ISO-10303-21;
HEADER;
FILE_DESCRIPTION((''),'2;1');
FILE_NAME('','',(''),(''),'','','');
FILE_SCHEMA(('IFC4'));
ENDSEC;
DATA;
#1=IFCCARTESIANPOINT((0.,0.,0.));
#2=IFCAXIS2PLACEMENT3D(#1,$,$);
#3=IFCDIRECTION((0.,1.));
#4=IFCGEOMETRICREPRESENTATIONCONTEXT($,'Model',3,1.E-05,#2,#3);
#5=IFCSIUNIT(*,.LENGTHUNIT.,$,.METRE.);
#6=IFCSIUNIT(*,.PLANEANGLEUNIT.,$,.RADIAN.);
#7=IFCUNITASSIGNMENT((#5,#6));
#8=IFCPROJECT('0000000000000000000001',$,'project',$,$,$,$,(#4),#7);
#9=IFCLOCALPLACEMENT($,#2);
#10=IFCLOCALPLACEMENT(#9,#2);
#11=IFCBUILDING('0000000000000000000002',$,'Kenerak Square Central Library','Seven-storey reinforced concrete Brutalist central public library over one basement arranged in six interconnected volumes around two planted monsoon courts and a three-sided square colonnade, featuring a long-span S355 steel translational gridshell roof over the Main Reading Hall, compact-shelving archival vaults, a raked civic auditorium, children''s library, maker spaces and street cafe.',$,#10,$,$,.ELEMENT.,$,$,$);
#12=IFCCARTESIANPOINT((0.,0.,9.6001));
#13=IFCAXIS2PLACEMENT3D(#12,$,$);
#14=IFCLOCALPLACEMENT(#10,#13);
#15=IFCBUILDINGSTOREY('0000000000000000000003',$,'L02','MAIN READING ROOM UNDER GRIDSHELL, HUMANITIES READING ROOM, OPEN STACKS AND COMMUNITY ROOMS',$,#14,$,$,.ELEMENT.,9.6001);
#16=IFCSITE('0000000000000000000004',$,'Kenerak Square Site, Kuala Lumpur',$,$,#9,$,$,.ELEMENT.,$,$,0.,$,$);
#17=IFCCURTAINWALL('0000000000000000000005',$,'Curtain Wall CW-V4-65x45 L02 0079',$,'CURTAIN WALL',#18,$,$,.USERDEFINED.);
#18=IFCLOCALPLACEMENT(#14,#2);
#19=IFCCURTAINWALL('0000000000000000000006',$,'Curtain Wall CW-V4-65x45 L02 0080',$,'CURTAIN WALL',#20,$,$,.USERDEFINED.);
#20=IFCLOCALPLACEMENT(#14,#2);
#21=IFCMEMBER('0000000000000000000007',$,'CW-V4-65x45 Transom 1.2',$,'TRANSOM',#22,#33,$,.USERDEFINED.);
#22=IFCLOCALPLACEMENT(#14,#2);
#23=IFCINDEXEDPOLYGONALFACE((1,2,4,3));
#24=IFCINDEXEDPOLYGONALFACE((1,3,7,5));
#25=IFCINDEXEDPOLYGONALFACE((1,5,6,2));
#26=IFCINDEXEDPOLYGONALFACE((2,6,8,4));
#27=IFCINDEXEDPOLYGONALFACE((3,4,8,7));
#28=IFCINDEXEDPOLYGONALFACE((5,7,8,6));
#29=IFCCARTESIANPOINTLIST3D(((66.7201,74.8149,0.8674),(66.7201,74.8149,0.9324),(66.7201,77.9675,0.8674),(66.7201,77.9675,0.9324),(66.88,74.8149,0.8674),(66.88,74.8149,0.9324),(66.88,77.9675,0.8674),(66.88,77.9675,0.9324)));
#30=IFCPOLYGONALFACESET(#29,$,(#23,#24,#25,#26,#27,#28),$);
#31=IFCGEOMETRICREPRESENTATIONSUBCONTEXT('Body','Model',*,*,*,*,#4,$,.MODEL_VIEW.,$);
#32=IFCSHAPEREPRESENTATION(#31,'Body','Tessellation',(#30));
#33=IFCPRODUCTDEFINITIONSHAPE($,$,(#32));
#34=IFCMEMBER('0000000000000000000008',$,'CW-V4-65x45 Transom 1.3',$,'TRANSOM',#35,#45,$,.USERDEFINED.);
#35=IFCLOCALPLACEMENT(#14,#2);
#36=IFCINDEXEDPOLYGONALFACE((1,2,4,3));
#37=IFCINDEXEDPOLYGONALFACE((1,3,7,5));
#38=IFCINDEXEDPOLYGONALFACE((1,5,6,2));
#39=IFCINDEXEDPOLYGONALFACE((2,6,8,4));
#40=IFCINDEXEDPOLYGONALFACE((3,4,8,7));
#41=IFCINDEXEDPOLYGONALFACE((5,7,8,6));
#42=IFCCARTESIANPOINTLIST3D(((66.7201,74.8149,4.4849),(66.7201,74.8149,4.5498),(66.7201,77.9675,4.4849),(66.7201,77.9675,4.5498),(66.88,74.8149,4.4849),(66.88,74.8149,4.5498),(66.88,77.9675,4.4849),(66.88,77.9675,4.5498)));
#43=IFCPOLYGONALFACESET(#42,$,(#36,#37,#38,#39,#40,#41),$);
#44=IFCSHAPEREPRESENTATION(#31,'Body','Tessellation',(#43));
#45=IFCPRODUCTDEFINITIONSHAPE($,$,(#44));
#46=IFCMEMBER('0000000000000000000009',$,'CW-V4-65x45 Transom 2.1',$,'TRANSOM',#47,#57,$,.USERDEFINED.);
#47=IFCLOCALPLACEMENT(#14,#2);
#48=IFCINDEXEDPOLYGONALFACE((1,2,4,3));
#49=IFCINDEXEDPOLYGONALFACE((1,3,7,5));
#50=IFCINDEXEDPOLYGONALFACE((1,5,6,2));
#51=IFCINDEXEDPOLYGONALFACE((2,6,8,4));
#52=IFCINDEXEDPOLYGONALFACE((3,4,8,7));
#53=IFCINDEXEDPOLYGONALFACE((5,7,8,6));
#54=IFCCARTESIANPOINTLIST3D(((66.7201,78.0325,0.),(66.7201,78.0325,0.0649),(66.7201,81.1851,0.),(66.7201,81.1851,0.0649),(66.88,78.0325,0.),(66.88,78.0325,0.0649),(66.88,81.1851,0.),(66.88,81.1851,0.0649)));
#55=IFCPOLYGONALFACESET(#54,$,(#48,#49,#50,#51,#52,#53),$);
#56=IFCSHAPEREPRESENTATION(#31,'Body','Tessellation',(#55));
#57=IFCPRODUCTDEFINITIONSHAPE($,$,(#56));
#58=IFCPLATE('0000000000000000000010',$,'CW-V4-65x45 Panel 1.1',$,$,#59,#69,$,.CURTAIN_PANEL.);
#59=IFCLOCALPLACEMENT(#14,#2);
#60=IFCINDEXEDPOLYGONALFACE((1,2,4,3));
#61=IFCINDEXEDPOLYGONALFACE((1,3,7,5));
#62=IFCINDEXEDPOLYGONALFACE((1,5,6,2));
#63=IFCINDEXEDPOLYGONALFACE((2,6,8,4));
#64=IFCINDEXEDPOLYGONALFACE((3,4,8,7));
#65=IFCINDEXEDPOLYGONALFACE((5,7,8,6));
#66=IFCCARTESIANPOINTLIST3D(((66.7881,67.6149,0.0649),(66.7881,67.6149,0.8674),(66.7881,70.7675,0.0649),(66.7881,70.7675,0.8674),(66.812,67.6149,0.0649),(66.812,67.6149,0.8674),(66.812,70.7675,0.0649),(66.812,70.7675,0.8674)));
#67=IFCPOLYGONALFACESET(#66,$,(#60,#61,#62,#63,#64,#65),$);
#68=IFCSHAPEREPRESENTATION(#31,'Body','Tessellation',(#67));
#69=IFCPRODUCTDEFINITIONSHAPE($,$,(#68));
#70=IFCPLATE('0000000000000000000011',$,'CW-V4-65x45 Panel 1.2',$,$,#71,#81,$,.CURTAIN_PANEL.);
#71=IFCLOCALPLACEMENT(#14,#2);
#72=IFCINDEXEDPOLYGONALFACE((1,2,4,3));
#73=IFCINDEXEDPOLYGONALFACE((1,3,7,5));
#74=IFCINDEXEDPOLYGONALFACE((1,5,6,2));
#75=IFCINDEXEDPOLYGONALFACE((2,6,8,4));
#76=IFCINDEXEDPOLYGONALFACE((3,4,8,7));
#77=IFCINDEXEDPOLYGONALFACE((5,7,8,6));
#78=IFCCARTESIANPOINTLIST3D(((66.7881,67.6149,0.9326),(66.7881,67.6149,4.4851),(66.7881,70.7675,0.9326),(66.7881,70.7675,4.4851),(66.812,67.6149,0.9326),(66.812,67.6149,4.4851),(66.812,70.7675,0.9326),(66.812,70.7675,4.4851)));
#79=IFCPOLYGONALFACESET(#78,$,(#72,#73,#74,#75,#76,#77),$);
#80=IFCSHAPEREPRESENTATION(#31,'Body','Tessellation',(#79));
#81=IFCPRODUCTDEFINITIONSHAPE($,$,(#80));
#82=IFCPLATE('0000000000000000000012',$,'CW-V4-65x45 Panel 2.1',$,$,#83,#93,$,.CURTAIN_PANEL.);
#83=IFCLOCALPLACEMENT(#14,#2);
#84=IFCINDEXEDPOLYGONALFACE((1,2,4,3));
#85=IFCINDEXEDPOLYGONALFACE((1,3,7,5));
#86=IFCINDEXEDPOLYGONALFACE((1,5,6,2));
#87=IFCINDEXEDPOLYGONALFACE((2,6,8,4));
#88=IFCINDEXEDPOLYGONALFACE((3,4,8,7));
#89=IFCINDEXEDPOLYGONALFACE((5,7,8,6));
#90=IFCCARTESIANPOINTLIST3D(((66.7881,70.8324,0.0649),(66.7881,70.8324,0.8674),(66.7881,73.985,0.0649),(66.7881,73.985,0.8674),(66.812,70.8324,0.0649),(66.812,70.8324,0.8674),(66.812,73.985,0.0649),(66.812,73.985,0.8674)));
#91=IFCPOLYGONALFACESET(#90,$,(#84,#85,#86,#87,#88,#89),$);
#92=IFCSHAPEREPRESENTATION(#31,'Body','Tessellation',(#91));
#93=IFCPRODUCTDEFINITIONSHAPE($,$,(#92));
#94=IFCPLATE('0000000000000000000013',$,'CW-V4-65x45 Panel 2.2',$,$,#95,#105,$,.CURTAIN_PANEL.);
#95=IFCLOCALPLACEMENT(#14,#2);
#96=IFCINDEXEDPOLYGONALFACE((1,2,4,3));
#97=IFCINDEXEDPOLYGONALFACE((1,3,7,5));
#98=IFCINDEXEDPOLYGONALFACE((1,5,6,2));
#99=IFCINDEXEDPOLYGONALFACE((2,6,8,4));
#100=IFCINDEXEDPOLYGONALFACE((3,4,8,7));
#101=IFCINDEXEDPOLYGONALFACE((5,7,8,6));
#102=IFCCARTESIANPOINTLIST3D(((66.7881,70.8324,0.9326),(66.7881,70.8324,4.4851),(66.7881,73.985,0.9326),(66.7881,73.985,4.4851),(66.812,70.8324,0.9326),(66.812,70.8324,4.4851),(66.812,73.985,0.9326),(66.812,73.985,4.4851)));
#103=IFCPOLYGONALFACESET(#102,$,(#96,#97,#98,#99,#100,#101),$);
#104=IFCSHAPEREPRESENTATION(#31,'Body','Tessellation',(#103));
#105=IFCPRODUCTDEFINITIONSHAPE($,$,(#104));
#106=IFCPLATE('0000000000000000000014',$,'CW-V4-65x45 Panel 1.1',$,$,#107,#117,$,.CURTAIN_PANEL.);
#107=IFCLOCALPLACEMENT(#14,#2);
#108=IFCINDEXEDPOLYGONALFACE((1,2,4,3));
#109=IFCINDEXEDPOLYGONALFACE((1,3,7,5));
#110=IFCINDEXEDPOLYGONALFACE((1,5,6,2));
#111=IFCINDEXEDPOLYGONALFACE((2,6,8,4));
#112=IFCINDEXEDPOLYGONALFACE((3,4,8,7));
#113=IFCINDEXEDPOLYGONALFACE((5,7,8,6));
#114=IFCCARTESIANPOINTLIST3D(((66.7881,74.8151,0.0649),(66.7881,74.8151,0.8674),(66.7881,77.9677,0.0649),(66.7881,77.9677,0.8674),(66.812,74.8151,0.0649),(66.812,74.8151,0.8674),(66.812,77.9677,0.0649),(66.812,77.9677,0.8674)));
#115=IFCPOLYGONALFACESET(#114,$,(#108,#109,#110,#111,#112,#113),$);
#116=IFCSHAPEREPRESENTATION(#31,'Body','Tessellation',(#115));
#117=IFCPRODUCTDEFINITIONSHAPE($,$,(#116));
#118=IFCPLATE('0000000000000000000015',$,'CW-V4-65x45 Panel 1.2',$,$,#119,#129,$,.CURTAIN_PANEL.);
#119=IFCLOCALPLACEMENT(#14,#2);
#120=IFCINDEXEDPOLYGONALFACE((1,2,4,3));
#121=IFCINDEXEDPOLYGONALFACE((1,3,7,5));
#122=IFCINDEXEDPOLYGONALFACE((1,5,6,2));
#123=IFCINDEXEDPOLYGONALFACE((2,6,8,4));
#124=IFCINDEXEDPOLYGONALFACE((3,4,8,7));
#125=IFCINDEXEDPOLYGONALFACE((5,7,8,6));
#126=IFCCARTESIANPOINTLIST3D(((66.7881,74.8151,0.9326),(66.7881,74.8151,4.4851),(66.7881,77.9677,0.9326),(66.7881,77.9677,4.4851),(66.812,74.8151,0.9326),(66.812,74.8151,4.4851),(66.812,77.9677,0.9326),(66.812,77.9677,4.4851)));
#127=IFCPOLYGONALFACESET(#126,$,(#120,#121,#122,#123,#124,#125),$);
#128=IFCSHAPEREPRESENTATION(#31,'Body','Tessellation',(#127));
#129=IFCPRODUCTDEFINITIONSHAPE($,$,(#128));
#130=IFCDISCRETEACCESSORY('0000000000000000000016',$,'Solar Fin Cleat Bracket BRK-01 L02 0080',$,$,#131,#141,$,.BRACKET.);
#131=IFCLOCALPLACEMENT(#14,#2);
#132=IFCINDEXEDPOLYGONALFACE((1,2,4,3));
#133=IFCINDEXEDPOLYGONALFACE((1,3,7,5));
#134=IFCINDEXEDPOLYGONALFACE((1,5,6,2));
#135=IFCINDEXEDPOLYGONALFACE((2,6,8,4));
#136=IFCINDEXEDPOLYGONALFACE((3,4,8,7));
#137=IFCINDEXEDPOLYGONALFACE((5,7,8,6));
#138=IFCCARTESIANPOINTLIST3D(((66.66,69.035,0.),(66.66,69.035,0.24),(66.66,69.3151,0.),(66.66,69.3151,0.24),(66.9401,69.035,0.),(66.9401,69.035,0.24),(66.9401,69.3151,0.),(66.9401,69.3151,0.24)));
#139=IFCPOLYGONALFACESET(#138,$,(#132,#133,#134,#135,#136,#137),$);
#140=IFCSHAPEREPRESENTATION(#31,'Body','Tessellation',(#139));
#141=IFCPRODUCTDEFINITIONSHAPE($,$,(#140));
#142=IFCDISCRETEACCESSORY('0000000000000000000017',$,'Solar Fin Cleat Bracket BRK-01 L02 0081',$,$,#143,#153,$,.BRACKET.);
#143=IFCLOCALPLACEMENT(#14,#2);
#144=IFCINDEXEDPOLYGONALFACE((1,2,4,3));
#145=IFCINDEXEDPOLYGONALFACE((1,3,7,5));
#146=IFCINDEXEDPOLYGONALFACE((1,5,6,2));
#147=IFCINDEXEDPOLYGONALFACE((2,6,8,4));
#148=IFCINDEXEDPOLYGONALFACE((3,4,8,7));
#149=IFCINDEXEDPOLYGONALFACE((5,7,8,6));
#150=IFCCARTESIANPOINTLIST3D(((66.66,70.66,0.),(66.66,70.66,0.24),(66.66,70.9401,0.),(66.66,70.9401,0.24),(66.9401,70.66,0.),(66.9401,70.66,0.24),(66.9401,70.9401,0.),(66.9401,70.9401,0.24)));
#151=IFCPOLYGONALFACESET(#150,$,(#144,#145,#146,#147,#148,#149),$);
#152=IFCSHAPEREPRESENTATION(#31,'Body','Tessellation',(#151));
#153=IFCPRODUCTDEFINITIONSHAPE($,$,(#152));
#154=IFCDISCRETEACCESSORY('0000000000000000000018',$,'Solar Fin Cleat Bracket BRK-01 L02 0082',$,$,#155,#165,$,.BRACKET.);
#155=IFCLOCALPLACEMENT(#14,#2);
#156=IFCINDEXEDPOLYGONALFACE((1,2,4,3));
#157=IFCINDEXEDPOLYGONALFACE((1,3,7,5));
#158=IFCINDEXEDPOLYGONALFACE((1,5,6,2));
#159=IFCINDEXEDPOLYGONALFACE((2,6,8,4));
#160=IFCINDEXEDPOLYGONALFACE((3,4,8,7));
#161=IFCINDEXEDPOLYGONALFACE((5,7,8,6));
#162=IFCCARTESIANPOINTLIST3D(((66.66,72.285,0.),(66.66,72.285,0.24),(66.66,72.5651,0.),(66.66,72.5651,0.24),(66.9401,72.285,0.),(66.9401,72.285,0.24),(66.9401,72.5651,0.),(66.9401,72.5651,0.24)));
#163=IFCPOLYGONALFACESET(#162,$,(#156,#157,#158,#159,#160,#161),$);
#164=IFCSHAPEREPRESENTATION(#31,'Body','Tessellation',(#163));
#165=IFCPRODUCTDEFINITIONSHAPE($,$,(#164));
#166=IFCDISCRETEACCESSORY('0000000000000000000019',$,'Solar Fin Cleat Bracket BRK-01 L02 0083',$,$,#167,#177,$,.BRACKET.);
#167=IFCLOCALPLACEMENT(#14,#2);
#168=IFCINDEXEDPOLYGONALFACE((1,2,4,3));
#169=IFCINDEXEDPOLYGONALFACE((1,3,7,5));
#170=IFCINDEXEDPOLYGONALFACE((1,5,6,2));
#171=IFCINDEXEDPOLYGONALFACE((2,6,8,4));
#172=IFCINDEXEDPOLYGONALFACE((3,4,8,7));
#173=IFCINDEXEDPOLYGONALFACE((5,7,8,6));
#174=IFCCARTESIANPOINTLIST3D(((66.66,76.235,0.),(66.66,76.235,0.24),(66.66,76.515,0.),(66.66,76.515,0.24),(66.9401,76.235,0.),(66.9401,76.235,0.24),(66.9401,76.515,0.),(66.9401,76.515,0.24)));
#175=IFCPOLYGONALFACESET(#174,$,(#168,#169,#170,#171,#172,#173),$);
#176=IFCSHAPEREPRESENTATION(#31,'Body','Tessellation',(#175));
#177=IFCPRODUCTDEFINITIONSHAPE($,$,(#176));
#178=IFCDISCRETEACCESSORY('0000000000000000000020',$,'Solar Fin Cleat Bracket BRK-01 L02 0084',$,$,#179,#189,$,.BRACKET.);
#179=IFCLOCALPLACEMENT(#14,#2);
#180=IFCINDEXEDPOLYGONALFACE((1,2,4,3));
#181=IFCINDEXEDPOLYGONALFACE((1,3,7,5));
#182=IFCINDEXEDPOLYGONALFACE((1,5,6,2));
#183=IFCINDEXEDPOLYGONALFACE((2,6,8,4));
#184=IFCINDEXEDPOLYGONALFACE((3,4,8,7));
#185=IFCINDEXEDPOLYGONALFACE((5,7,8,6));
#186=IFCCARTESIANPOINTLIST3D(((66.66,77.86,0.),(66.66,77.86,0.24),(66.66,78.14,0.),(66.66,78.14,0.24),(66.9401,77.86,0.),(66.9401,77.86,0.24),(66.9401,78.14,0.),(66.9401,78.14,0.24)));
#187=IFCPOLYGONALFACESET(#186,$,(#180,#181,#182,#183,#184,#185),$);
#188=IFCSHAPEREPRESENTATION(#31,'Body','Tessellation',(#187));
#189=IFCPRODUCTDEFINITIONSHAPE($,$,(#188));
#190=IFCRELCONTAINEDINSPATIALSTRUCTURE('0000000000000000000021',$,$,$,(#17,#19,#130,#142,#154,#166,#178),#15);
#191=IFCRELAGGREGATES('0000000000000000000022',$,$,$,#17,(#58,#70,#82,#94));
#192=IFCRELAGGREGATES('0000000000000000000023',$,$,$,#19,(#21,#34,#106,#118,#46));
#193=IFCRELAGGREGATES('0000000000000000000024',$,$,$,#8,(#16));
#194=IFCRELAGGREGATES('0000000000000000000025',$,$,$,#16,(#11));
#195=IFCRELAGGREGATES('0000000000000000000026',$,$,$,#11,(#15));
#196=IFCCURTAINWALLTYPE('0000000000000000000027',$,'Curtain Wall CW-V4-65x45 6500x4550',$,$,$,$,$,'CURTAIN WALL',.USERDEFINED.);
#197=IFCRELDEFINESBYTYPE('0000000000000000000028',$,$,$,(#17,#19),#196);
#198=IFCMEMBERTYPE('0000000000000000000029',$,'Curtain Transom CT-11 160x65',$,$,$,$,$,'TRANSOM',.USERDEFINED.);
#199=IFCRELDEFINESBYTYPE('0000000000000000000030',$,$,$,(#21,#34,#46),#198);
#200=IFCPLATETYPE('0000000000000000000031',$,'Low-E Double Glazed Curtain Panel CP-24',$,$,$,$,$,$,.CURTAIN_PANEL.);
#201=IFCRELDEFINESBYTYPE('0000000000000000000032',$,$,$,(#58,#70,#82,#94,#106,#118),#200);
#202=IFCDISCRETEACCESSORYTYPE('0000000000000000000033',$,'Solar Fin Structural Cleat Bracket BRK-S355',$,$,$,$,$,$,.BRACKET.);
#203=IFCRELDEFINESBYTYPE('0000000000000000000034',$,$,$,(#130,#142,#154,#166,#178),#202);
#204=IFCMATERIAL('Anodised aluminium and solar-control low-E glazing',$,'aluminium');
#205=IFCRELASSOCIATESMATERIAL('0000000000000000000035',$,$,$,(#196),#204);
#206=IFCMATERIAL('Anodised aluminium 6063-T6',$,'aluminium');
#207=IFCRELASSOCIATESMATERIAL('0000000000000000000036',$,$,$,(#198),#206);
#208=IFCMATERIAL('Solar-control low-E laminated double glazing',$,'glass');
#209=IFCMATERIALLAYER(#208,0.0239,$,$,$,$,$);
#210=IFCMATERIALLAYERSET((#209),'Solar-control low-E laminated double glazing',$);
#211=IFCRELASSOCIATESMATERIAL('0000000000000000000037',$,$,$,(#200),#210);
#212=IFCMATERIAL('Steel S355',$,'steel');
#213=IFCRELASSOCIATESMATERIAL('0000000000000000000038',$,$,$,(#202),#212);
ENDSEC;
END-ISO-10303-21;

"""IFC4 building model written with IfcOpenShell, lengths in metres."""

from ifc_helpers import new_model, si_unit, direction, frame, origin, origin_2d, place, context, subcontext, project, spatial, rectangle, extrude, material, layer, layer_set, material_profile, profile_set, type_object, element, aggregate, save


model = new_model("IFC4")

# Units and contexts
model_context = context("Model", 3, precision=1e-05, world=origin(), true_north=direction((0.0, 1.0)))
body_context = subcontext(model_context, "Body", "Model", "MODEL_VIEW")
ifc_project = project(units=[si_unit("LENGTHUNIT", "METRE"), si_unit("PLANEANGLEUNIT", "RADIAN")], contexts=[model_context])

# Site, building, storey
site_placement = place(None, origin())
site = spatial("IfcSite", under=ifc_project, at=site_placement, Name="Kenerak Square Site, Kuala Lumpur", CompositionType="ELEMENT", RefElevation=0.0)
building_placement = place(site_placement, origin())
building = spatial("IfcBuilding", under=site, at=building_placement, Name="Kenerak Square Central Library", Description="Seven-storey reinforced concrete Brutalist central public library over one basement arranged in six interconnected volumes around two planted monsoon courts and a three-sided square colonnade, featuring a long-span S355 steel translational gridshell roof over the Main Reading Hall, compact-shelving archival vaults, a raked civic auditorium, children's library, maker spaces and street cafe.", CompositionType="ELEMENT")
storey_placement = place(building_placement, frame((0.0, 0.0, 9.6001)))
storey = spatial("IfcBuildingStorey", under=building, at=storey_placement, Name="L02", Description="MAIN READING ROOM UNDER GRIDSHELL, HUMANITIES READING ROOM, OPEN STACKS AND COMMUNITY ROOMS", CompositionType="ELEMENT", Elevation=9.6001)

# Curtain walls
ifc_material_1 = material(Name="Anodised aluminium and solar-control low-E glazing", Category="aluminium")
curtain_wall_type = type_object("IfcCurtainWallType", Name="Curtain Wall CW-V4-65x45 6500x4550", ElementType="CURTAIN WALL", PredefinedType="USERDEFINED", material=ifc_material_1)
curtain_wall_1_placement = place(storey_placement, origin())
curtain_wall_1 = element("IfcCurtainWall", 1, at=curtain_wall_1_placement, inside=storey, type_object=curtain_wall_type, Name="Curtain Wall CW-V4-65x45 L02 0079", ObjectType="CURTAIN WALL", PredefinedType="USERDEFINED")
ifc_material_2 = material(Name="Anodised aluminium 6063-T6", Category="aluminium")
curtain_wall_2_placement = place(storey_placement, origin())
curtain_wall_2 = element("IfcCurtainWall", 2, at=curtain_wall_2_placement, inside=storey, type_object=curtain_wall_type, Name="Curtain Wall CW-V4-65x45 L02 0080", ObjectType="CURTAIN WALL", PredefinedType="USERDEFINED")

# Members
ifc_material_profile_1 = material_profile(ifc_material_2, rectangle(XDim=0.1599, YDim=0.0649, at=origin_2d()), Name="AL TRANSOM 160x65")
ifc_profile_set_1 = profile_set([ifc_material_profile_1], Name="Anodised aluminium 6063-T6")
member_type_1 = type_object("IfcMemberType", Name="Curtain Transom CT-11 160x65", ElementType="TRANSOM", PredefinedType="USERDEFINED", material=ifc_profile_set_1)
member_1_placement = place(storey_placement, frame((66.8, 74.8149, 0.8999), z_axis=(0.0, 1.0, 0.0), x_axis=(-1.0, 0.0, 0.0)))
member_1 = element("IfcMember", 3, at=member_1_placement, type_object=member_type_1, Name="CW-V4-65x45 Transom 1.2", ObjectType="TRANSOM", PredefinedType="USERDEFINED", context=body_context, shape_type="SweptSolid", body=[
    extrude(rectangle(XDim=0.1599, YDim=0.0649, at=origin_2d()), origin(), (0.0, 0.0, 1.0), 3.1526),
])
member_2_placement = place(storey_placement, frame((66.8, 74.8149, 4.5173), z_axis=(0.0, 1.0, 0.0), x_axis=(-1.0, 0.0, 0.0)))
member_2 = element("IfcMember", 4, at=member_2_placement, type_object=member_type_1, Name="CW-V4-65x45 Transom 1.3", ObjectType="TRANSOM", PredefinedType="USERDEFINED", context=body_context, shape_type="SweptSolid", body=[
    extrude(rectangle(XDim=0.1599, YDim=0.0649, at=origin_2d()), origin(), (0.0, 0.0, 1.0), 3.1526),
])
member_3_placement = place(storey_placement, frame((66.8, 78.0325, 0.0325), z_axis=(0.0, 1.0, 0.0), x_axis=(-1.0, 0.0, 0.0)))
member_3 = element("IfcMember", 5, at=member_3_placement, type_object=member_type_1, Name="CW-V4-65x45 Transom 2.1", ObjectType="TRANSOM", PredefinedType="USERDEFINED", context=body_context, shape_type="SweptSolid", body=[
    extrude(rectangle(XDim=0.1599, YDim=0.0649, at=origin_2d()), origin(), (0.0, 0.0, 1.0), 3.1526),
])

# Plates
ifc_material_3 = material(Name="Solar-control low-E laminated double glazing", Category="glass")
ifc_layer = layer(ifc_material_3, 0.0239)
ifc_layer_set = layer_set([ifc_layer], Name="Solar-control low-E laminated double glazing")
plate_type = type_object("IfcPlateType", Name="Low-E Double Glazed Curtain Panel CP-24", PredefinedType="CURTAIN_PANEL", material=ifc_layer_set)
plate_1_placement = place(storey_placement, frame((66.8, 69.1912, 0.0649), z_axis=(0.0, 0.0, 1.0), x_axis=(0.0, 1.0, 0.0)))
plate_1 = element("IfcPlate", 6, at=plate_1_placement, type_object=plate_type, Name="CW-V4-65x45 Panel 1.1", PredefinedType="CURTAIN_PANEL", context=body_context, shape_type="SweptSolid", body=[
    extrude(rectangle(XDim=3.1526, YDim=0.0239, at=origin_2d()), origin(), (0.0, 0.0, 1.0), 0.8025),
])
plate_2_placement = place(storey_placement, frame((66.8, 69.1912, 0.9326), z_axis=(0.0, 0.0, 1.0), x_axis=(0.0, 1.0, 0.0)))
plate_2 = element("IfcPlate", 7, at=plate_2_placement, type_object=plate_type, Name="CW-V4-65x45 Panel 1.2", PredefinedType="CURTAIN_PANEL", context=body_context, shape_type="SweptSolid", body=[
    extrude(rectangle(XDim=3.1526, YDim=0.0239, at=origin_2d()), origin(), (0.0, 0.0, 1.0), 3.5525),
])
plate_3_placement = place(storey_placement, frame((66.8, 72.4087, 0.0649), z_axis=(0.0, 0.0, 1.0), x_axis=(0.0, 1.0, 0.0)))
plate_3 = element("IfcPlate", 8, at=plate_3_placement, type_object=plate_type, Name="CW-V4-65x45 Panel 2.1", PredefinedType="CURTAIN_PANEL", context=body_context, shape_type="SweptSolid", body=[
    extrude(rectangle(XDim=3.1526, YDim=0.0239, at=origin_2d()), origin(), (0.0, 0.0, 1.0), 0.8025),
])
plate_4_placement = place(storey_placement, frame((66.8, 72.4087, 0.9326), z_axis=(0.0, 0.0, 1.0), x_axis=(0.0, 1.0, 0.0)))
plate_4 = element("IfcPlate", 9, at=plate_4_placement, type_object=plate_type, Name="CW-V4-65x45 Panel 2.2", PredefinedType="CURTAIN_PANEL", context=body_context, shape_type="SweptSolid", body=[
    extrude(rectangle(XDim=3.1526, YDim=0.0239, at=origin_2d()), origin(), (0.0, 0.0, 1.0), 3.5525),
])
aggregate(curtain_wall_1, [plate_1, plate_2, plate_3, plate_4])
plate_5_placement = place(storey_placement, frame((66.8, 76.3914, 0.0649), z_axis=(0.0, 0.0, 1.0), x_axis=(0.0, 1.0, 0.0)))
plate_5 = element("IfcPlate", 10, at=plate_5_placement, type_object=plate_type, Name="CW-V4-65x45 Panel 1.1", PredefinedType="CURTAIN_PANEL", context=body_context, shape_type="SweptSolid", body=[
    extrude(rectangle(XDim=3.1526, YDim=0.0239, at=origin_2d()), origin(), (0.0, 0.0, 1.0), 0.8025),
])
plate_6_placement = place(storey_placement, frame((66.8, 76.3914, 0.9326), z_axis=(0.0, 0.0, 1.0), x_axis=(0.0, 1.0, 0.0)))
plate_6 = element("IfcPlate", 11, at=plate_6_placement, type_object=plate_type, Name="CW-V4-65x45 Panel 1.2", PredefinedType="CURTAIN_PANEL", context=body_context, shape_type="SweptSolid", body=[
    extrude(rectangle(XDim=3.1526, YDim=0.0239, at=origin_2d()), origin(), (0.0, 0.0, 1.0), 3.5525),
])
aggregate(curtain_wall_2, [member_1, member_2, plate_5, plate_6, member_3])

# Discrete accessories
ifc_material_4 = material(Name="Steel S355", Category="steel")
discrete_accessory_type = type_object("IfcDiscreteAccessoryType", Name="Solar Fin Structural Cleat Bracket BRK-S355", PredefinedType="BRACKET", material=ifc_material_4)
for number, where, z_axis, x_axis, name in (
    (12, (66.8, 69.175, 0.0), (0.0, 0.0, 1.0), (0.0, 1.0, 0.0), "Solar Fin Cleat Bracket BRK-01 L02 0080"),
    (13, (66.8, 70.8, 0.0), (0.0, 0.0, 1.0), (0.0, 1.0, 0.0), "Solar Fin Cleat Bracket BRK-01 L02 0081"),
    (14, (66.8, 72.425, 0.0), (0.0, 0.0, 1.0), (0.0, 1.0, 0.0), "Solar Fin Cleat Bracket BRK-01 L02 0082"),
    (15, (66.8, 76.375, 0.0), (0.0, 0.0, 1.0), (0.0, 1.0, 0.0), "Solar Fin Cleat Bracket BRK-01 L02 0083"),
    (16, (66.8, 78.0, 0.0), (0.0, 0.0, 1.0), (0.0, 1.0, 0.0), "Solar Fin Cleat Bracket BRK-01 L02 0084"),
):
    element("IfcDiscreteAccessory", number, at=place(storey_placement, frame(where, z_axis=z_axis, x_axis=x_axis)), inside=storey, type_object=discrete_accessory_type, Name=name, PredefinedType="BRACKET", context=body_context, shape_type="SweptSolid", body=[
        extrude(rectangle(XDim=0.28, YDim=0.28, at=origin_2d()), origin(), (0.0, 0.0, 1.0), 0.24),
    ])

save(model, "model.ifc")
